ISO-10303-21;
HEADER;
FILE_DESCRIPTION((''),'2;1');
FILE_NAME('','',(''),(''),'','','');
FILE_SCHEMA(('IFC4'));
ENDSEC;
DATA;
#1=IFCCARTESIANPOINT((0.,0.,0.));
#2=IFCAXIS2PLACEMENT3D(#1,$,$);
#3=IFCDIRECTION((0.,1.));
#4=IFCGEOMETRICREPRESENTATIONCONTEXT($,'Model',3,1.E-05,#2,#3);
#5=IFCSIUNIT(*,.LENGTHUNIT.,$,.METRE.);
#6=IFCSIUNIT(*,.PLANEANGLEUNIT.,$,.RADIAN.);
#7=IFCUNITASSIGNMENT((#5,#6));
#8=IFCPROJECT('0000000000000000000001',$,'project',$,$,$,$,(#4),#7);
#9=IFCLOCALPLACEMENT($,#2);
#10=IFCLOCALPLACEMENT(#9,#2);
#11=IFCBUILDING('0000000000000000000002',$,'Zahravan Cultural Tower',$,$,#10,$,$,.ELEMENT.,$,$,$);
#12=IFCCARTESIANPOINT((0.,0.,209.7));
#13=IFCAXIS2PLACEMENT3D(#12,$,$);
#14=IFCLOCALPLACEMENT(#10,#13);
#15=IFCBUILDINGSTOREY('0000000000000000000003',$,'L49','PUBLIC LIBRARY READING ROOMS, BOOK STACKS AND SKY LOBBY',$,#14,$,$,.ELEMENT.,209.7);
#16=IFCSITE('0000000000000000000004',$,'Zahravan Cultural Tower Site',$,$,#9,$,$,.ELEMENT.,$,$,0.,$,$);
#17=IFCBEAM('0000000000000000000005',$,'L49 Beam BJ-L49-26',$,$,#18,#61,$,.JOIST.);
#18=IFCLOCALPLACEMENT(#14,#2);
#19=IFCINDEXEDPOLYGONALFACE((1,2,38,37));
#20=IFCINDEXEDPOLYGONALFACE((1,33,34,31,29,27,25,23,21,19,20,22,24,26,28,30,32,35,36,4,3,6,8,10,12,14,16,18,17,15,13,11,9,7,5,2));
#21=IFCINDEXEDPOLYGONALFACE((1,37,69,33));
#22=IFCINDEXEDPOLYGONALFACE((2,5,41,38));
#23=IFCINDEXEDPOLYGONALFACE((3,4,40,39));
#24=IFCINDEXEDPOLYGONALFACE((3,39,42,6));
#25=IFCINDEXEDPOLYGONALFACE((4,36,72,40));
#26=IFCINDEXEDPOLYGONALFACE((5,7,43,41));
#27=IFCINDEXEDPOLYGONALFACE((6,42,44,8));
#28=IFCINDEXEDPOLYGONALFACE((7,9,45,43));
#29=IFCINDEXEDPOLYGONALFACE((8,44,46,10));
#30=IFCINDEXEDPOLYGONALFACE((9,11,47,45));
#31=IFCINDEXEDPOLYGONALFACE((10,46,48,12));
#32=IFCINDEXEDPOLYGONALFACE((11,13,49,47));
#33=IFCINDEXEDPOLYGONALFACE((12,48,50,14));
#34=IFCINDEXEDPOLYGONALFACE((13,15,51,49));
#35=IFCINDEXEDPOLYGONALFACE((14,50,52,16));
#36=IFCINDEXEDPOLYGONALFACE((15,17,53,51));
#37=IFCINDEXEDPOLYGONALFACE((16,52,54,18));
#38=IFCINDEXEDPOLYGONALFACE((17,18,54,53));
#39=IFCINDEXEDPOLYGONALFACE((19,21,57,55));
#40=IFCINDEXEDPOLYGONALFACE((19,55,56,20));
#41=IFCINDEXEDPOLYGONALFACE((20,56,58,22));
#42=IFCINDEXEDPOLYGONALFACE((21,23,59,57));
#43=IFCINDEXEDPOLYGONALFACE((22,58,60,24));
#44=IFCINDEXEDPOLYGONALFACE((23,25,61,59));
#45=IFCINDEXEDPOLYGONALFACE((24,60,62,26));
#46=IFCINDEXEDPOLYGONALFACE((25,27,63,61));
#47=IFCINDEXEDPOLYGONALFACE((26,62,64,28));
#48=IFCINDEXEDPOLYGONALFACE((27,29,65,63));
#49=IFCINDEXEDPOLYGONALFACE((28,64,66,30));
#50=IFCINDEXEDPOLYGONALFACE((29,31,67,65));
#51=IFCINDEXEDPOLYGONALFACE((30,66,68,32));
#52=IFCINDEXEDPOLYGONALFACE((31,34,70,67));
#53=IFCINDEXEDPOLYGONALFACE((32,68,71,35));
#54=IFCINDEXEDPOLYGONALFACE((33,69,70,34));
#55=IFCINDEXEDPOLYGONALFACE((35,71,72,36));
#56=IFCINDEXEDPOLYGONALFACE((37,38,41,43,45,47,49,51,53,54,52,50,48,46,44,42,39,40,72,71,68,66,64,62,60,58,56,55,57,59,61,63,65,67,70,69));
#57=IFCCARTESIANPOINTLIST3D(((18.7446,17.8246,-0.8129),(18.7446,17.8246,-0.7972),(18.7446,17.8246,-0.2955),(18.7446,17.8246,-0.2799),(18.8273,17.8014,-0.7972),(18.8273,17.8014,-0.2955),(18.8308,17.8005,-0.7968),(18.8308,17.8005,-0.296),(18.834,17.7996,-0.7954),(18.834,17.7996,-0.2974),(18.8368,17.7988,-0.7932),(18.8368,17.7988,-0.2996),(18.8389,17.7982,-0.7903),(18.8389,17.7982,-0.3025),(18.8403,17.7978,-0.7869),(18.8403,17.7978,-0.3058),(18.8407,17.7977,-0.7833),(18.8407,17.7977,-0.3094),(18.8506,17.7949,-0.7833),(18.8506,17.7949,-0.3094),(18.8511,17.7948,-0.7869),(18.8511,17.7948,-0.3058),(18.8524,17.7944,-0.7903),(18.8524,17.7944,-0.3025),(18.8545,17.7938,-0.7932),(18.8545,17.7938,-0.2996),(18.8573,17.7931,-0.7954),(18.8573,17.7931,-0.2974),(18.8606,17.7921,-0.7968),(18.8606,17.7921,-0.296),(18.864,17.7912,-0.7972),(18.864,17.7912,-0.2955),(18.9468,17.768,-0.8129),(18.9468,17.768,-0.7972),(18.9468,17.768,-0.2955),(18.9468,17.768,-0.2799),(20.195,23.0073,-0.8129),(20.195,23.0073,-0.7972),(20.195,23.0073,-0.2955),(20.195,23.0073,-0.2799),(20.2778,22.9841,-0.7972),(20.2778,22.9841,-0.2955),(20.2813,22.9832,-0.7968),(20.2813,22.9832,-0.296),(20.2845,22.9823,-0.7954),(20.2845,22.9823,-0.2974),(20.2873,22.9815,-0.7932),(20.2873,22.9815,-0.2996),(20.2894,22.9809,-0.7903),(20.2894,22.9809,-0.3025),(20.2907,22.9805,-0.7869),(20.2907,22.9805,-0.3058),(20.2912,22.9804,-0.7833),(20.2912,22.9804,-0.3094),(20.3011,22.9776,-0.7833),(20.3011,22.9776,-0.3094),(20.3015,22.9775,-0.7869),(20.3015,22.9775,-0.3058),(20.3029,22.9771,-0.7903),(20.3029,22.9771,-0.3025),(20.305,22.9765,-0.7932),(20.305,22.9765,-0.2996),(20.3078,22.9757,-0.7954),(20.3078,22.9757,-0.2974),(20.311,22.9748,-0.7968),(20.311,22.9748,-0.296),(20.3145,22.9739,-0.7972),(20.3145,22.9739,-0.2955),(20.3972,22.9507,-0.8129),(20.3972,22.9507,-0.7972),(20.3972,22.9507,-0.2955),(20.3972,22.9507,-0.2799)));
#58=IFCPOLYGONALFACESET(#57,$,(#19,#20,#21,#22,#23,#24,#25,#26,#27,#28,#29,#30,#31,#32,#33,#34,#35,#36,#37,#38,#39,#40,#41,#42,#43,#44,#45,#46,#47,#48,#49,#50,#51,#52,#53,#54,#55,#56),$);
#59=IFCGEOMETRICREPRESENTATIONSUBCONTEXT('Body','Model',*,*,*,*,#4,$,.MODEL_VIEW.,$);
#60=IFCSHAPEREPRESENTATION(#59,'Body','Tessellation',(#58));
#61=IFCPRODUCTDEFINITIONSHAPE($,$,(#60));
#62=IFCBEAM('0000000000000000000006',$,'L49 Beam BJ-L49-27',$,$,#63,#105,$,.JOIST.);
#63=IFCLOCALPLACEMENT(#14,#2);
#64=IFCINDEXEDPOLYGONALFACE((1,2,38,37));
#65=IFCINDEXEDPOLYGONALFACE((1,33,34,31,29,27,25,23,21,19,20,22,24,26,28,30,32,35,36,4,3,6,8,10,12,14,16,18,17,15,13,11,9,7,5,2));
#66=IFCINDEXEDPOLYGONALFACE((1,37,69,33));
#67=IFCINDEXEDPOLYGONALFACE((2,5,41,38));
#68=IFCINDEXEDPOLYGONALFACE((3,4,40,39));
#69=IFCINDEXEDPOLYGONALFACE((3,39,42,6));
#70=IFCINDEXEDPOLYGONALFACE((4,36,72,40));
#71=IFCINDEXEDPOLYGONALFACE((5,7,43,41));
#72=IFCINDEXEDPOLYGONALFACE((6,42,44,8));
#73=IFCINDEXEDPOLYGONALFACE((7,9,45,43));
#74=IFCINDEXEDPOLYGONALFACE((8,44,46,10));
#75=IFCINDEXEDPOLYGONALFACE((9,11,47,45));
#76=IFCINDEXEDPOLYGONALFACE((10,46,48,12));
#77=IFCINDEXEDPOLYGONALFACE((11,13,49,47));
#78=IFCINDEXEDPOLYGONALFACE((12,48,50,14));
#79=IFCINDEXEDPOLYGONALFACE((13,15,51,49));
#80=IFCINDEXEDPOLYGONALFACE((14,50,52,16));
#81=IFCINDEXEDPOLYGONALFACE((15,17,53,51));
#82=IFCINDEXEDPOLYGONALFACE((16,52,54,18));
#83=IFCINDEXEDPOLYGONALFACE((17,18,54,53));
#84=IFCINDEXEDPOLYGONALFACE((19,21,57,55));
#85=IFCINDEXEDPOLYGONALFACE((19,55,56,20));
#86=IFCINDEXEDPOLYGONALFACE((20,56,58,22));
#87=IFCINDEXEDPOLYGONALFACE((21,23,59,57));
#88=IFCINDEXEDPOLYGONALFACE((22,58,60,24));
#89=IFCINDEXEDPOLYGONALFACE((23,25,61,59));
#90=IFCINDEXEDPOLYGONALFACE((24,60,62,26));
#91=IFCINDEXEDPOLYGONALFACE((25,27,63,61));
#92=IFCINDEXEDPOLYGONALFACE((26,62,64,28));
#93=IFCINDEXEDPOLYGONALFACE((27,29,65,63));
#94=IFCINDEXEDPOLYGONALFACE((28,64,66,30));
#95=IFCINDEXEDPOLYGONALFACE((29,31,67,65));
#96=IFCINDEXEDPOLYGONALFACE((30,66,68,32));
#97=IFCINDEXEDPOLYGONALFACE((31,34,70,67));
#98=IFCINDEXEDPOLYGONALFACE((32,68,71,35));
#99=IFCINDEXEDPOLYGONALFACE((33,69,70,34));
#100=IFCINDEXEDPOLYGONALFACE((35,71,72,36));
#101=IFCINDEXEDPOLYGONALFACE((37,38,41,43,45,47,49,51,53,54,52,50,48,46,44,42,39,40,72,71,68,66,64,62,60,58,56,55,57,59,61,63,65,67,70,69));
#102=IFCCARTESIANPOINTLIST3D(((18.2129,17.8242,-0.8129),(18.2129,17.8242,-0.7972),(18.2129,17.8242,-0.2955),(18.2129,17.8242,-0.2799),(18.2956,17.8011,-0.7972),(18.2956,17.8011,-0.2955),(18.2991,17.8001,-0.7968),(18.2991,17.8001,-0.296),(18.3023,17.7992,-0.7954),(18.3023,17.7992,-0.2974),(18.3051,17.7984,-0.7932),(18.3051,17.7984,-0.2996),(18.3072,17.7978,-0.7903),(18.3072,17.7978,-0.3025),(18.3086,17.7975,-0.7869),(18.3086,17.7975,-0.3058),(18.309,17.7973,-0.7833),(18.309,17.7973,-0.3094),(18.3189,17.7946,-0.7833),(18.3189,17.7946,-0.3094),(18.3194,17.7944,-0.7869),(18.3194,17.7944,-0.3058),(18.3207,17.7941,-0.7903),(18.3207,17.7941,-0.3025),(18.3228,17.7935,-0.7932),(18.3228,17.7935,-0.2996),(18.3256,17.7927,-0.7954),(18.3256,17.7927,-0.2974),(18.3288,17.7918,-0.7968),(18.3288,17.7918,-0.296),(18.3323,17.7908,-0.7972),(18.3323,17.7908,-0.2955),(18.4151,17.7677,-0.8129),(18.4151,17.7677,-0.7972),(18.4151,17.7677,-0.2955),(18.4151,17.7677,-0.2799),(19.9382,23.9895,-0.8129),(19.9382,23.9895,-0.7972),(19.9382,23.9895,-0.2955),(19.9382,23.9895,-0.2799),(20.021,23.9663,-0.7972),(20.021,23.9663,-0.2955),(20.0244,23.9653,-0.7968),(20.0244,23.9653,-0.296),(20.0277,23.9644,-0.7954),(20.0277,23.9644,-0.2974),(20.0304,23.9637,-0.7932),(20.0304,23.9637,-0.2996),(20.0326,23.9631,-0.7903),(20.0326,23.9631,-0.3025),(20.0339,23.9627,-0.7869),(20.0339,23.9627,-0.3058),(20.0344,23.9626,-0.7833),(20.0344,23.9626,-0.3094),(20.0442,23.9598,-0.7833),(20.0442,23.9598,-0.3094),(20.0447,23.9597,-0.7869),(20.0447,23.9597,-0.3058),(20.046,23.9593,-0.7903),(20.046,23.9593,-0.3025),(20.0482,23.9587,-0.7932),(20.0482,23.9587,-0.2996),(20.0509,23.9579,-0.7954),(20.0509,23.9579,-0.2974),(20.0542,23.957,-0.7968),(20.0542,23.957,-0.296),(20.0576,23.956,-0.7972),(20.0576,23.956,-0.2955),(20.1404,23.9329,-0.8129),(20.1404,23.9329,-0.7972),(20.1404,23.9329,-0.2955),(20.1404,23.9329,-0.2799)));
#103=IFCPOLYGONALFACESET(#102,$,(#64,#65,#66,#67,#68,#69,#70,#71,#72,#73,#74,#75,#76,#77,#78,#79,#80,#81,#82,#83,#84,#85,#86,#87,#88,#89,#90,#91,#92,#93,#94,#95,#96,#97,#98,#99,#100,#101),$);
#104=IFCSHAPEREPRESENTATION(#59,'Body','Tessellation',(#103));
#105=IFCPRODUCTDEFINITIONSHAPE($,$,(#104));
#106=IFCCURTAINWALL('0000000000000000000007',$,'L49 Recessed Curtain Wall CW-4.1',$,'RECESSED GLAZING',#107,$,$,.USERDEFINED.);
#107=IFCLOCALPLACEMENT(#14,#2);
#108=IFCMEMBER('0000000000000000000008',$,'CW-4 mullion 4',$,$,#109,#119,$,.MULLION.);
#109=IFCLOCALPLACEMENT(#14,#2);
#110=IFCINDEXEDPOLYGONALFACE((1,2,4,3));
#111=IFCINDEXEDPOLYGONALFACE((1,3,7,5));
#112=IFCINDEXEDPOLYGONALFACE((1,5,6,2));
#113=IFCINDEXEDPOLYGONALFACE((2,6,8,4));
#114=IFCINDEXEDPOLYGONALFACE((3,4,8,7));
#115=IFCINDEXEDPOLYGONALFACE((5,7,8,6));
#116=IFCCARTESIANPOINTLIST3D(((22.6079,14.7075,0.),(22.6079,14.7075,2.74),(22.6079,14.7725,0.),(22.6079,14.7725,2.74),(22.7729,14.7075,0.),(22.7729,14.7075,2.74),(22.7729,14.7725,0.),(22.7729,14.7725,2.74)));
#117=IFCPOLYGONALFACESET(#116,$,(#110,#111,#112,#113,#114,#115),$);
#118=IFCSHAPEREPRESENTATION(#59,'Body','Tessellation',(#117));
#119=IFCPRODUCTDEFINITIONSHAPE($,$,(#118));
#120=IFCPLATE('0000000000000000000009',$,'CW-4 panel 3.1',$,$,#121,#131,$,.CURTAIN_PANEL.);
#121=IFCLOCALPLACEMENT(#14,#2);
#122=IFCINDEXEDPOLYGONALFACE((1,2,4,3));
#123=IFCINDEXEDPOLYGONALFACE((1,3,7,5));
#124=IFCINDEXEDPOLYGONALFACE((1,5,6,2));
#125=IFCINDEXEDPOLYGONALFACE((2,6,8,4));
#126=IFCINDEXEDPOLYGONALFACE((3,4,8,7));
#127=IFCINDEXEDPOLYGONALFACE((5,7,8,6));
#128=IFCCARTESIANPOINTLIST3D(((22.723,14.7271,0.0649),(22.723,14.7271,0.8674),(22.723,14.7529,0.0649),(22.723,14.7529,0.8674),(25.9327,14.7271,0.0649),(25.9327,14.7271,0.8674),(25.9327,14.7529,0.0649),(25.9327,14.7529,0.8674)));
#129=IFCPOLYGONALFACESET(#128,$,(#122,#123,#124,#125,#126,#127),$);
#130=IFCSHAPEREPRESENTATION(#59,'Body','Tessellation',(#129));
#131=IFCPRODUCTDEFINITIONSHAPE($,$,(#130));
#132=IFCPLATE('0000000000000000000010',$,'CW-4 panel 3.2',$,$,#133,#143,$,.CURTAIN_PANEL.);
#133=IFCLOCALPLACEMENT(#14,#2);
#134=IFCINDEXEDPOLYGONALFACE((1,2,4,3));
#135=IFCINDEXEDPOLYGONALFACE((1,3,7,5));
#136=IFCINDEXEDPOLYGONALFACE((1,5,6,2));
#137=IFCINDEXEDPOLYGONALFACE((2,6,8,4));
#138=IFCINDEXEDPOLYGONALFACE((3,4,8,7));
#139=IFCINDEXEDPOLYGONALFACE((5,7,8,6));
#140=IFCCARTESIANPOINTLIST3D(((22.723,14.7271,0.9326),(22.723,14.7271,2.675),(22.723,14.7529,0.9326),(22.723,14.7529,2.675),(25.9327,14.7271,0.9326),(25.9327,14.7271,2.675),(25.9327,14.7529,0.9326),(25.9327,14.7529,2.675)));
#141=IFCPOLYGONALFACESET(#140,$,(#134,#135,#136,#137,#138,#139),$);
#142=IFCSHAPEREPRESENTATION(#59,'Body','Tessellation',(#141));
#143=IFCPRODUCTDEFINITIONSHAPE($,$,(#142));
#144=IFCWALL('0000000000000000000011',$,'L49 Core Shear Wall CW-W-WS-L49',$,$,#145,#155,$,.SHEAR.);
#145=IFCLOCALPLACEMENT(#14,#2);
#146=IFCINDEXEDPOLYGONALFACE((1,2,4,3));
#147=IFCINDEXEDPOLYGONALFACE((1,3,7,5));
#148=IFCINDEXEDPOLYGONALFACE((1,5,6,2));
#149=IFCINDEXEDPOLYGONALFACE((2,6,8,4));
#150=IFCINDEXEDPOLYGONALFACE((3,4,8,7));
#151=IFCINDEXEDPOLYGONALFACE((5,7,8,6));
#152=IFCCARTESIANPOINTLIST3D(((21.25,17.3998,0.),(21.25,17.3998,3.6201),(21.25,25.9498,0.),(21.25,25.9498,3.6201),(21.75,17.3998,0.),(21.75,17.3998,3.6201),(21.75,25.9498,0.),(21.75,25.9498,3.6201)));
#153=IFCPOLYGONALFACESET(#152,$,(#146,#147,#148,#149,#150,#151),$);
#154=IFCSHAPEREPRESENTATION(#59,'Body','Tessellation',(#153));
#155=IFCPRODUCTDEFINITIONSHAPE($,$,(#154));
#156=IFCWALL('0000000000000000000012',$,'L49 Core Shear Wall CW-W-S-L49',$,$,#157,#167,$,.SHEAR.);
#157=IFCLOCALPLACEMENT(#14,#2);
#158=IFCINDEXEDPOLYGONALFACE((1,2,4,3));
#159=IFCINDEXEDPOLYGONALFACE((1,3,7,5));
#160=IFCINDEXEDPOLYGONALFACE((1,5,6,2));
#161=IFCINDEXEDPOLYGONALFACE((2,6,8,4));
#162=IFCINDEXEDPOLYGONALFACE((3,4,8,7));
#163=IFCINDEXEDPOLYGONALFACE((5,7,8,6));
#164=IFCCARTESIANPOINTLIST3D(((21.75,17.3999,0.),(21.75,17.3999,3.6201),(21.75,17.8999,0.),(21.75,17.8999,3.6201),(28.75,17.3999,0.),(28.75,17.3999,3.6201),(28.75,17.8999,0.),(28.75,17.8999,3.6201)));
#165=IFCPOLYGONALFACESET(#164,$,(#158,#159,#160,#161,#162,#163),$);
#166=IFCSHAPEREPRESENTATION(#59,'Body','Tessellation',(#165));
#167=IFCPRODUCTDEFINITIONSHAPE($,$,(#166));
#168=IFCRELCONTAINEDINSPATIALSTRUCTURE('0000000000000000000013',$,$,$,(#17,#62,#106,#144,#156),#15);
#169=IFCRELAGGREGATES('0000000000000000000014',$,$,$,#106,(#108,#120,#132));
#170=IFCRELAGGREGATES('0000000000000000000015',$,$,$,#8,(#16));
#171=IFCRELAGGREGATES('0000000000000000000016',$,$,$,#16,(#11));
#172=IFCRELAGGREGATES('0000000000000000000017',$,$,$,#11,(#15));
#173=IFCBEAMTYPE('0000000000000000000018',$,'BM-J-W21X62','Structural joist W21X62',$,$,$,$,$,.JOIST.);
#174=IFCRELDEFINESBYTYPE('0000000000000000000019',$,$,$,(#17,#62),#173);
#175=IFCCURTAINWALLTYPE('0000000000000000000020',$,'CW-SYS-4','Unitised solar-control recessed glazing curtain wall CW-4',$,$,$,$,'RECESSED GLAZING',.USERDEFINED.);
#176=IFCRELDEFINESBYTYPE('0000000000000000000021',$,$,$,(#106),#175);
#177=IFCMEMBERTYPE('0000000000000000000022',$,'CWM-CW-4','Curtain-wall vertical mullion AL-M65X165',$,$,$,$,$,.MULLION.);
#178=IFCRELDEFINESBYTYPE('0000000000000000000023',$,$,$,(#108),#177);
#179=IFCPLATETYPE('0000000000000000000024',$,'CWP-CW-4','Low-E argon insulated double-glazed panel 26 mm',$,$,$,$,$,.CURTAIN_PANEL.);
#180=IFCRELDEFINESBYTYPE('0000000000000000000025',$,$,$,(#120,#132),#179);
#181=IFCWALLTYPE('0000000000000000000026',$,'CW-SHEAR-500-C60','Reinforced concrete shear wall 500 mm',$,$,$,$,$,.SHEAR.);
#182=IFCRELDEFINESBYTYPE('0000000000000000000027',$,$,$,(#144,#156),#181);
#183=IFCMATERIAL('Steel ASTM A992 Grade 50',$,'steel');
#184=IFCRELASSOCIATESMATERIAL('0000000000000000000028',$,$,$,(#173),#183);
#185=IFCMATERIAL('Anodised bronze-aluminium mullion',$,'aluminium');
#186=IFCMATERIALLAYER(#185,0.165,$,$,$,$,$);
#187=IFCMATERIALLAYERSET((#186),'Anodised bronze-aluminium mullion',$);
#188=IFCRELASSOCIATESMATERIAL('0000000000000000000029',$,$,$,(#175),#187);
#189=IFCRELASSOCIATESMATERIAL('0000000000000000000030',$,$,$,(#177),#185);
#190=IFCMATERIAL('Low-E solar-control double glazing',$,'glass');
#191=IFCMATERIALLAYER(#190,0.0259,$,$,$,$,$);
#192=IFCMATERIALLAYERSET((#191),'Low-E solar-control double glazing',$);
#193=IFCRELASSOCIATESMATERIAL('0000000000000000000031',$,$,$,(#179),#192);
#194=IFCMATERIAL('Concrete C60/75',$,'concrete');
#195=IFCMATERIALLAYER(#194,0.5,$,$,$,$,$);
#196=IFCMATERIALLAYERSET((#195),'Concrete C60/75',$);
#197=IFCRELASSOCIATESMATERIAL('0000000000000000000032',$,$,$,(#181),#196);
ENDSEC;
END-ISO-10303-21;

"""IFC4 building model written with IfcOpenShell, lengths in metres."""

from ifc_helpers import new_model, si_unit, direction, frame, frame_2d, origin, origin_2d, place, context, subcontext, project, spatial, rectangle, i_section, extrude, source, transform, mapped, material, layer, layer_set, material_profile, profile_set, type_object, element, aggregate, save


model = new_model("IFC4")

# Units and contexts
model_context = context("Model", 3, precision=1e-05, world=origin(), true_north=direction((0.0, 1.0)))
body_context = subcontext(model_context, "Body", "Model", "MODEL_VIEW")
ifc_project = project(units=[si_unit("LENGTHUNIT", "METRE"), si_unit("PLANEANGLEUNIT", "RADIAN")], contexts=[model_context])

# Site, building, storey
site_placement = place(None, origin())
site = spatial("IfcSite", under=ifc_project, at=site_placement, Name="Zahravan Cultural Tower Site", CompositionType="ELEMENT", RefElevation=0.0)
building_placement = place(site_placement, origin())
building = spatial("IfcBuilding", under=site, at=building_placement, Name="Zahravan Cultural Tower", CompositionType="ELEMENT")
storey_placement = place(building_placement, frame((0.0, 0.0, 209.7)))
storey = spatial("IfcBuildingStorey", under=building, at=storey_placement, Name="L49", Description="PUBLIC LIBRARY READING ROOMS, BOOK STACKS AND SKY LOBBY", CompositionType="ELEMENT", Elevation=209.7)

# Beams
ifc_material_1 = material(Name="Steel ASTM A992 Grade 50", Category="steel")
ifc_material_profile_1 = material_profile(ifc_material_1, i_section(OverallWidth=0.21, OverallDepth=0.533, WebThickness=0.0103, FlangeThickness=0.0156, FilletRadius=0.0139, at=origin_2d()), Name="W21X62")
ifc_profile_set_1 = profile_set([ifc_material_profile_1], Name="Steel ASTM A992 Grade 50")
beam_type_1 = type_object("IfcBeamType", Name="BM-J-W21X62", Description="Structural joist W21X62", PredefinedType="JOIST", material=ifc_profile_set_1)
shared_shape_1 = source(origin(), body_context, "Body", "SweptSolid", [
    extrude(i_section(OverallWidth=0.21, OverallDepth=0.533, WebThickness=0.0103, FlangeThickness=0.0156, FilletRadius=0.0139, at=origin_2d()), origin(), (0.0, 0.0, 1.0), 5.3818),
])
beam_1_placement = place(storey_placement, frame((20.2961, 22.979, -0.5464), z_axis=(-0.26951, -0.962997, 0.0), x_axis=(0.962997, -0.26951, 0.0)))
element("IfcBeam", 1, at=beam_1_placement, inside=storey, type_object=beam_type_1, Name="L49 Beam BJ-L49-26", PredefinedType="JOIST", context=body_context, shape_type="MappedRepresentation", body=[
    mapped(shared_shape_1, transform((0.0, 0.0, 0.0), x_axis=(1.0, 0.0, 0.0), y_axis=(0.0, 1.0, 0.0), z_axis=(0.0, 0.0, 1.0), scale=1.0)),
])
shared_shape_2 = source(origin(), body_context, "Body", "SweptSolid", [
    extrude(i_section(OverallWidth=0.21, OverallDepth=0.533, WebThickness=0.0103, FlangeThickness=0.0156, FilletRadius=0.0139, at=origin_2d()), origin(), (0.0, 0.0, 1.0), 6.4021),
])
beam_2_placement = place(storey_placement, frame((20.0393, 23.9612, -0.5464), z_axis=(-0.269494, -0.963002, 0.0), x_axis=(0.963002, -0.269494, 0.0)))
element("IfcBeam", 2, at=beam_2_placement, inside=storey, type_object=beam_type_1, Name="L49 Beam BJ-L49-27", PredefinedType="JOIST", context=body_context, shape_type="MappedRepresentation", body=[
    mapped(shared_shape_2, transform((0.0, 0.0, 0.0), x_axis=(1.0, 0.0, 0.0), y_axis=(0.0, 1.0, 0.0), z_axis=(0.0, 0.0, 1.0), scale=1.0)),
])

# Curtain wall, member, plates
ifc_material_2 = material(Name="Anodised bronze-aluminium mullion", Category="aluminium")
ifc_layer_1 = layer(ifc_material_2, 0.165)
ifc_layer_set_1 = layer_set([ifc_layer_1], Name="Anodised bronze-aluminium mullion")
curtain_wall_type = type_object("IfcCurtainWallType", Name="CW-SYS-4", Description="Unitised solar-control recessed glazing curtain wall CW-4", ElementType="RECESSED GLAZING", PredefinedType="USERDEFINED", material=ifc_layer_set_1)
curtain_wall_placement = place(storey_placement, origin())
curtain_wall = element("IfcCurtainWall", 3, at=curtain_wall_placement, inside=storey, type_object=curtain_wall_type, Name="L49 Recessed Curtain Wall CW-4.1", ObjectType="RECESSED GLAZING", PredefinedType="USERDEFINED")
ifc_material_profile_2 = material_profile(ifc_material_2, rectangle(XDim=0.0649, YDim=0.165, at=origin_2d()), Name="AL-M65X165")
ifc_profile_set_2 = profile_set([ifc_material_profile_2], Name="Anodised bronze-aluminium mullion")
member_type = type_object("IfcMemberType", Name="CWM-CW-4", Description="Curtain-wall vertical mullion AL-M65X165", PredefinedType="MULLION", material=ifc_profile_set_2)
shared_shape_3 = source(origin(), body_context, "Body", "SweptSolid", [
    extrude(rectangle(XDim=0.0649, YDim=0.165, at=origin_2d()), origin(), (0.0, 0.0, 1.0), 2.74),
])
member_placement = place(storey_placement, frame((22.6904, 14.74, 0.0), z_axis=(0.0, 0.0, 1.0), x_axis=(0.0, -1.0, 0.0)))
member = element("IfcMember", 4, at=member_placement, type_object=member_type, Name="CW-4 mullion 4", PredefinedType="MULLION", context=body_context, shape_type="MappedRepresentation", body=[
    mapped(shared_shape_3, transform((0.0, 0.0, 0.0), x_axis=(1.0, 0.0, 0.0), y_axis=(0.0, 1.0, 0.0), z_axis=(0.0, 0.0, 1.0), scale=1.0)),
])
ifc_material_3 = material(Name="Low-E solar-control double glazing", Category="glass")
ifc_layer_2 = layer(ifc_material_3, 0.0259)
ifc_layer_set_2 = layer_set([ifc_layer_2], Name="Low-E solar-control double glazing")
plate_type = type_object("IfcPlateType", Name="CWP-CW-4", Description="Low-E argon insulated double-glazed panel 26 mm", PredefinedType="CURTAIN_PANEL", material=ifc_layer_set_2)
shared_shape_4 = source(origin(), body_context, "Body", "SweptSolid", [
    extrude(rectangle(XDim=3.2097, YDim=0.0259, at=origin_2d()), origin(), (0.0, 0.0, 1.0), 0.8025),
])
plate_1_placement = place(storey_placement, frame((24.3279, 14.74, 0.0649), z_axis=(0.0, 0.0, 1.0), x_axis=(-1.0, 0.0, 0.0)))
plate_1 = element("IfcPlate", 5, at=plate_1_placement, type_object=plate_type, Name="CW-4 panel 3.1", PredefinedType="CURTAIN_PANEL", context=body_context, shape_type="MappedRepresentation", body=[
    mapped(shared_shape_4, transform((0.0, 0.0, 0.0), x_axis=(1.0, 0.0, 0.0), y_axis=(0.0, 1.0, 0.0), z_axis=(0.0, 0.0, 1.0), scale=1.0)),
])
shared_shape_5 = source(origin(), body_context, "Body", "SweptSolid", [
    extrude(rectangle(XDim=3.2097, YDim=0.0259, at=origin_2d()), origin(), (0.0, 0.0, 1.0), 1.7424),
])
plate_2_placement = place(storey_placement, frame((24.3279, 14.74, 0.9326), z_axis=(0.0, 0.0, 1.0), x_axis=(-1.0, 0.0, 0.0)))
plate_2 = element("IfcPlate", 6, at=plate_2_placement, type_object=plate_type, Name="CW-4 panel 3.2", PredefinedType="CURTAIN_PANEL", context=body_context, shape_type="MappedRepresentation", body=[
    mapped(shared_shape_5, transform((0.0, 0.0, 0.0), x_axis=(1.0, 0.0, 0.0), y_axis=(0.0, 1.0, 0.0), z_axis=(0.0, 0.0, 1.0), scale=1.0)),
])
aggregate(curtain_wall, [member, plate_1, plate_2])

# Walls
ifc_material_4 = material(Name="Concrete C60/75", Category="concrete")
ifc_layer_3 = layer(ifc_material_4, 0.5)
ifc_layer_set_3 = layer_set([ifc_layer_3], Name="Concrete C60/75")
wall_type_1 = type_object("IfcWallType", Name="CW-SHEAR-500-C60", Description="Reinforced concrete shear wall 500 mm", PredefinedType="SHEAR", material=ifc_layer_set_3)
shared_shape_6 = source(origin(), body_context, "Body", "SweptSolid", [
    extrude(rectangle(XDim=8.55, YDim=0.5, at=frame_2d((4.2749, 0.0))), origin(), (0.0, 0.0, 1.0), 3.6201),
])
wall_1_placement = place(storey_placement, frame((21.5, 17.3999, 0.0), z_axis=(0.0, 0.0, 1.0), x_axis=(0.0, 1.0, 0.0)))
element("IfcWall", 7, at=wall_1_placement, inside=storey, type_object=wall_type_1, Name="L49 Core Shear Wall CW-W-WS-L49", PredefinedType="SHEAR", context=body_context, shape_type="MappedRepresentation", body=[
    mapped(shared_shape_6, transform((0.0, 0.0, 0.0), x_axis=(1.0, 0.0, 0.0), y_axis=(0.0, 1.0, 0.0), z_axis=(0.0, 0.0, 1.0), scale=1.0)),
])
shared_shape_7 = source(origin(), body_context, "Body", "SweptSolid", [
    extrude(rectangle(XDim=7.0, YDim=0.5, at=frame_2d((3.5, 0.0))), origin(), (0.0, 0.0, 1.0), 3.6201),
])
wall_2_placement = place(storey_placement, frame((21.75, 17.6499, 0.0), z_axis=(0.0, 0.0, 1.0), x_axis=(1.0, 0.0, 0.0)))
element("IfcWall", 8, at=wall_2_placement, inside=storey, type_object=wall_type_1, Name="L49 Core Shear Wall CW-W-S-L49", PredefinedType="SHEAR", context=body_context, shape_type="MappedRepresentation", body=[
    mapped(shared_shape_7, transform((0.0, 0.0, 0.0), x_axis=(1.0, 0.0, 0.0), y_axis=(0.0, 1.0, 0.0), z_axis=(0.0, 0.0, 1.0), scale=1.0)),
])

save(model, "model.ifc")
